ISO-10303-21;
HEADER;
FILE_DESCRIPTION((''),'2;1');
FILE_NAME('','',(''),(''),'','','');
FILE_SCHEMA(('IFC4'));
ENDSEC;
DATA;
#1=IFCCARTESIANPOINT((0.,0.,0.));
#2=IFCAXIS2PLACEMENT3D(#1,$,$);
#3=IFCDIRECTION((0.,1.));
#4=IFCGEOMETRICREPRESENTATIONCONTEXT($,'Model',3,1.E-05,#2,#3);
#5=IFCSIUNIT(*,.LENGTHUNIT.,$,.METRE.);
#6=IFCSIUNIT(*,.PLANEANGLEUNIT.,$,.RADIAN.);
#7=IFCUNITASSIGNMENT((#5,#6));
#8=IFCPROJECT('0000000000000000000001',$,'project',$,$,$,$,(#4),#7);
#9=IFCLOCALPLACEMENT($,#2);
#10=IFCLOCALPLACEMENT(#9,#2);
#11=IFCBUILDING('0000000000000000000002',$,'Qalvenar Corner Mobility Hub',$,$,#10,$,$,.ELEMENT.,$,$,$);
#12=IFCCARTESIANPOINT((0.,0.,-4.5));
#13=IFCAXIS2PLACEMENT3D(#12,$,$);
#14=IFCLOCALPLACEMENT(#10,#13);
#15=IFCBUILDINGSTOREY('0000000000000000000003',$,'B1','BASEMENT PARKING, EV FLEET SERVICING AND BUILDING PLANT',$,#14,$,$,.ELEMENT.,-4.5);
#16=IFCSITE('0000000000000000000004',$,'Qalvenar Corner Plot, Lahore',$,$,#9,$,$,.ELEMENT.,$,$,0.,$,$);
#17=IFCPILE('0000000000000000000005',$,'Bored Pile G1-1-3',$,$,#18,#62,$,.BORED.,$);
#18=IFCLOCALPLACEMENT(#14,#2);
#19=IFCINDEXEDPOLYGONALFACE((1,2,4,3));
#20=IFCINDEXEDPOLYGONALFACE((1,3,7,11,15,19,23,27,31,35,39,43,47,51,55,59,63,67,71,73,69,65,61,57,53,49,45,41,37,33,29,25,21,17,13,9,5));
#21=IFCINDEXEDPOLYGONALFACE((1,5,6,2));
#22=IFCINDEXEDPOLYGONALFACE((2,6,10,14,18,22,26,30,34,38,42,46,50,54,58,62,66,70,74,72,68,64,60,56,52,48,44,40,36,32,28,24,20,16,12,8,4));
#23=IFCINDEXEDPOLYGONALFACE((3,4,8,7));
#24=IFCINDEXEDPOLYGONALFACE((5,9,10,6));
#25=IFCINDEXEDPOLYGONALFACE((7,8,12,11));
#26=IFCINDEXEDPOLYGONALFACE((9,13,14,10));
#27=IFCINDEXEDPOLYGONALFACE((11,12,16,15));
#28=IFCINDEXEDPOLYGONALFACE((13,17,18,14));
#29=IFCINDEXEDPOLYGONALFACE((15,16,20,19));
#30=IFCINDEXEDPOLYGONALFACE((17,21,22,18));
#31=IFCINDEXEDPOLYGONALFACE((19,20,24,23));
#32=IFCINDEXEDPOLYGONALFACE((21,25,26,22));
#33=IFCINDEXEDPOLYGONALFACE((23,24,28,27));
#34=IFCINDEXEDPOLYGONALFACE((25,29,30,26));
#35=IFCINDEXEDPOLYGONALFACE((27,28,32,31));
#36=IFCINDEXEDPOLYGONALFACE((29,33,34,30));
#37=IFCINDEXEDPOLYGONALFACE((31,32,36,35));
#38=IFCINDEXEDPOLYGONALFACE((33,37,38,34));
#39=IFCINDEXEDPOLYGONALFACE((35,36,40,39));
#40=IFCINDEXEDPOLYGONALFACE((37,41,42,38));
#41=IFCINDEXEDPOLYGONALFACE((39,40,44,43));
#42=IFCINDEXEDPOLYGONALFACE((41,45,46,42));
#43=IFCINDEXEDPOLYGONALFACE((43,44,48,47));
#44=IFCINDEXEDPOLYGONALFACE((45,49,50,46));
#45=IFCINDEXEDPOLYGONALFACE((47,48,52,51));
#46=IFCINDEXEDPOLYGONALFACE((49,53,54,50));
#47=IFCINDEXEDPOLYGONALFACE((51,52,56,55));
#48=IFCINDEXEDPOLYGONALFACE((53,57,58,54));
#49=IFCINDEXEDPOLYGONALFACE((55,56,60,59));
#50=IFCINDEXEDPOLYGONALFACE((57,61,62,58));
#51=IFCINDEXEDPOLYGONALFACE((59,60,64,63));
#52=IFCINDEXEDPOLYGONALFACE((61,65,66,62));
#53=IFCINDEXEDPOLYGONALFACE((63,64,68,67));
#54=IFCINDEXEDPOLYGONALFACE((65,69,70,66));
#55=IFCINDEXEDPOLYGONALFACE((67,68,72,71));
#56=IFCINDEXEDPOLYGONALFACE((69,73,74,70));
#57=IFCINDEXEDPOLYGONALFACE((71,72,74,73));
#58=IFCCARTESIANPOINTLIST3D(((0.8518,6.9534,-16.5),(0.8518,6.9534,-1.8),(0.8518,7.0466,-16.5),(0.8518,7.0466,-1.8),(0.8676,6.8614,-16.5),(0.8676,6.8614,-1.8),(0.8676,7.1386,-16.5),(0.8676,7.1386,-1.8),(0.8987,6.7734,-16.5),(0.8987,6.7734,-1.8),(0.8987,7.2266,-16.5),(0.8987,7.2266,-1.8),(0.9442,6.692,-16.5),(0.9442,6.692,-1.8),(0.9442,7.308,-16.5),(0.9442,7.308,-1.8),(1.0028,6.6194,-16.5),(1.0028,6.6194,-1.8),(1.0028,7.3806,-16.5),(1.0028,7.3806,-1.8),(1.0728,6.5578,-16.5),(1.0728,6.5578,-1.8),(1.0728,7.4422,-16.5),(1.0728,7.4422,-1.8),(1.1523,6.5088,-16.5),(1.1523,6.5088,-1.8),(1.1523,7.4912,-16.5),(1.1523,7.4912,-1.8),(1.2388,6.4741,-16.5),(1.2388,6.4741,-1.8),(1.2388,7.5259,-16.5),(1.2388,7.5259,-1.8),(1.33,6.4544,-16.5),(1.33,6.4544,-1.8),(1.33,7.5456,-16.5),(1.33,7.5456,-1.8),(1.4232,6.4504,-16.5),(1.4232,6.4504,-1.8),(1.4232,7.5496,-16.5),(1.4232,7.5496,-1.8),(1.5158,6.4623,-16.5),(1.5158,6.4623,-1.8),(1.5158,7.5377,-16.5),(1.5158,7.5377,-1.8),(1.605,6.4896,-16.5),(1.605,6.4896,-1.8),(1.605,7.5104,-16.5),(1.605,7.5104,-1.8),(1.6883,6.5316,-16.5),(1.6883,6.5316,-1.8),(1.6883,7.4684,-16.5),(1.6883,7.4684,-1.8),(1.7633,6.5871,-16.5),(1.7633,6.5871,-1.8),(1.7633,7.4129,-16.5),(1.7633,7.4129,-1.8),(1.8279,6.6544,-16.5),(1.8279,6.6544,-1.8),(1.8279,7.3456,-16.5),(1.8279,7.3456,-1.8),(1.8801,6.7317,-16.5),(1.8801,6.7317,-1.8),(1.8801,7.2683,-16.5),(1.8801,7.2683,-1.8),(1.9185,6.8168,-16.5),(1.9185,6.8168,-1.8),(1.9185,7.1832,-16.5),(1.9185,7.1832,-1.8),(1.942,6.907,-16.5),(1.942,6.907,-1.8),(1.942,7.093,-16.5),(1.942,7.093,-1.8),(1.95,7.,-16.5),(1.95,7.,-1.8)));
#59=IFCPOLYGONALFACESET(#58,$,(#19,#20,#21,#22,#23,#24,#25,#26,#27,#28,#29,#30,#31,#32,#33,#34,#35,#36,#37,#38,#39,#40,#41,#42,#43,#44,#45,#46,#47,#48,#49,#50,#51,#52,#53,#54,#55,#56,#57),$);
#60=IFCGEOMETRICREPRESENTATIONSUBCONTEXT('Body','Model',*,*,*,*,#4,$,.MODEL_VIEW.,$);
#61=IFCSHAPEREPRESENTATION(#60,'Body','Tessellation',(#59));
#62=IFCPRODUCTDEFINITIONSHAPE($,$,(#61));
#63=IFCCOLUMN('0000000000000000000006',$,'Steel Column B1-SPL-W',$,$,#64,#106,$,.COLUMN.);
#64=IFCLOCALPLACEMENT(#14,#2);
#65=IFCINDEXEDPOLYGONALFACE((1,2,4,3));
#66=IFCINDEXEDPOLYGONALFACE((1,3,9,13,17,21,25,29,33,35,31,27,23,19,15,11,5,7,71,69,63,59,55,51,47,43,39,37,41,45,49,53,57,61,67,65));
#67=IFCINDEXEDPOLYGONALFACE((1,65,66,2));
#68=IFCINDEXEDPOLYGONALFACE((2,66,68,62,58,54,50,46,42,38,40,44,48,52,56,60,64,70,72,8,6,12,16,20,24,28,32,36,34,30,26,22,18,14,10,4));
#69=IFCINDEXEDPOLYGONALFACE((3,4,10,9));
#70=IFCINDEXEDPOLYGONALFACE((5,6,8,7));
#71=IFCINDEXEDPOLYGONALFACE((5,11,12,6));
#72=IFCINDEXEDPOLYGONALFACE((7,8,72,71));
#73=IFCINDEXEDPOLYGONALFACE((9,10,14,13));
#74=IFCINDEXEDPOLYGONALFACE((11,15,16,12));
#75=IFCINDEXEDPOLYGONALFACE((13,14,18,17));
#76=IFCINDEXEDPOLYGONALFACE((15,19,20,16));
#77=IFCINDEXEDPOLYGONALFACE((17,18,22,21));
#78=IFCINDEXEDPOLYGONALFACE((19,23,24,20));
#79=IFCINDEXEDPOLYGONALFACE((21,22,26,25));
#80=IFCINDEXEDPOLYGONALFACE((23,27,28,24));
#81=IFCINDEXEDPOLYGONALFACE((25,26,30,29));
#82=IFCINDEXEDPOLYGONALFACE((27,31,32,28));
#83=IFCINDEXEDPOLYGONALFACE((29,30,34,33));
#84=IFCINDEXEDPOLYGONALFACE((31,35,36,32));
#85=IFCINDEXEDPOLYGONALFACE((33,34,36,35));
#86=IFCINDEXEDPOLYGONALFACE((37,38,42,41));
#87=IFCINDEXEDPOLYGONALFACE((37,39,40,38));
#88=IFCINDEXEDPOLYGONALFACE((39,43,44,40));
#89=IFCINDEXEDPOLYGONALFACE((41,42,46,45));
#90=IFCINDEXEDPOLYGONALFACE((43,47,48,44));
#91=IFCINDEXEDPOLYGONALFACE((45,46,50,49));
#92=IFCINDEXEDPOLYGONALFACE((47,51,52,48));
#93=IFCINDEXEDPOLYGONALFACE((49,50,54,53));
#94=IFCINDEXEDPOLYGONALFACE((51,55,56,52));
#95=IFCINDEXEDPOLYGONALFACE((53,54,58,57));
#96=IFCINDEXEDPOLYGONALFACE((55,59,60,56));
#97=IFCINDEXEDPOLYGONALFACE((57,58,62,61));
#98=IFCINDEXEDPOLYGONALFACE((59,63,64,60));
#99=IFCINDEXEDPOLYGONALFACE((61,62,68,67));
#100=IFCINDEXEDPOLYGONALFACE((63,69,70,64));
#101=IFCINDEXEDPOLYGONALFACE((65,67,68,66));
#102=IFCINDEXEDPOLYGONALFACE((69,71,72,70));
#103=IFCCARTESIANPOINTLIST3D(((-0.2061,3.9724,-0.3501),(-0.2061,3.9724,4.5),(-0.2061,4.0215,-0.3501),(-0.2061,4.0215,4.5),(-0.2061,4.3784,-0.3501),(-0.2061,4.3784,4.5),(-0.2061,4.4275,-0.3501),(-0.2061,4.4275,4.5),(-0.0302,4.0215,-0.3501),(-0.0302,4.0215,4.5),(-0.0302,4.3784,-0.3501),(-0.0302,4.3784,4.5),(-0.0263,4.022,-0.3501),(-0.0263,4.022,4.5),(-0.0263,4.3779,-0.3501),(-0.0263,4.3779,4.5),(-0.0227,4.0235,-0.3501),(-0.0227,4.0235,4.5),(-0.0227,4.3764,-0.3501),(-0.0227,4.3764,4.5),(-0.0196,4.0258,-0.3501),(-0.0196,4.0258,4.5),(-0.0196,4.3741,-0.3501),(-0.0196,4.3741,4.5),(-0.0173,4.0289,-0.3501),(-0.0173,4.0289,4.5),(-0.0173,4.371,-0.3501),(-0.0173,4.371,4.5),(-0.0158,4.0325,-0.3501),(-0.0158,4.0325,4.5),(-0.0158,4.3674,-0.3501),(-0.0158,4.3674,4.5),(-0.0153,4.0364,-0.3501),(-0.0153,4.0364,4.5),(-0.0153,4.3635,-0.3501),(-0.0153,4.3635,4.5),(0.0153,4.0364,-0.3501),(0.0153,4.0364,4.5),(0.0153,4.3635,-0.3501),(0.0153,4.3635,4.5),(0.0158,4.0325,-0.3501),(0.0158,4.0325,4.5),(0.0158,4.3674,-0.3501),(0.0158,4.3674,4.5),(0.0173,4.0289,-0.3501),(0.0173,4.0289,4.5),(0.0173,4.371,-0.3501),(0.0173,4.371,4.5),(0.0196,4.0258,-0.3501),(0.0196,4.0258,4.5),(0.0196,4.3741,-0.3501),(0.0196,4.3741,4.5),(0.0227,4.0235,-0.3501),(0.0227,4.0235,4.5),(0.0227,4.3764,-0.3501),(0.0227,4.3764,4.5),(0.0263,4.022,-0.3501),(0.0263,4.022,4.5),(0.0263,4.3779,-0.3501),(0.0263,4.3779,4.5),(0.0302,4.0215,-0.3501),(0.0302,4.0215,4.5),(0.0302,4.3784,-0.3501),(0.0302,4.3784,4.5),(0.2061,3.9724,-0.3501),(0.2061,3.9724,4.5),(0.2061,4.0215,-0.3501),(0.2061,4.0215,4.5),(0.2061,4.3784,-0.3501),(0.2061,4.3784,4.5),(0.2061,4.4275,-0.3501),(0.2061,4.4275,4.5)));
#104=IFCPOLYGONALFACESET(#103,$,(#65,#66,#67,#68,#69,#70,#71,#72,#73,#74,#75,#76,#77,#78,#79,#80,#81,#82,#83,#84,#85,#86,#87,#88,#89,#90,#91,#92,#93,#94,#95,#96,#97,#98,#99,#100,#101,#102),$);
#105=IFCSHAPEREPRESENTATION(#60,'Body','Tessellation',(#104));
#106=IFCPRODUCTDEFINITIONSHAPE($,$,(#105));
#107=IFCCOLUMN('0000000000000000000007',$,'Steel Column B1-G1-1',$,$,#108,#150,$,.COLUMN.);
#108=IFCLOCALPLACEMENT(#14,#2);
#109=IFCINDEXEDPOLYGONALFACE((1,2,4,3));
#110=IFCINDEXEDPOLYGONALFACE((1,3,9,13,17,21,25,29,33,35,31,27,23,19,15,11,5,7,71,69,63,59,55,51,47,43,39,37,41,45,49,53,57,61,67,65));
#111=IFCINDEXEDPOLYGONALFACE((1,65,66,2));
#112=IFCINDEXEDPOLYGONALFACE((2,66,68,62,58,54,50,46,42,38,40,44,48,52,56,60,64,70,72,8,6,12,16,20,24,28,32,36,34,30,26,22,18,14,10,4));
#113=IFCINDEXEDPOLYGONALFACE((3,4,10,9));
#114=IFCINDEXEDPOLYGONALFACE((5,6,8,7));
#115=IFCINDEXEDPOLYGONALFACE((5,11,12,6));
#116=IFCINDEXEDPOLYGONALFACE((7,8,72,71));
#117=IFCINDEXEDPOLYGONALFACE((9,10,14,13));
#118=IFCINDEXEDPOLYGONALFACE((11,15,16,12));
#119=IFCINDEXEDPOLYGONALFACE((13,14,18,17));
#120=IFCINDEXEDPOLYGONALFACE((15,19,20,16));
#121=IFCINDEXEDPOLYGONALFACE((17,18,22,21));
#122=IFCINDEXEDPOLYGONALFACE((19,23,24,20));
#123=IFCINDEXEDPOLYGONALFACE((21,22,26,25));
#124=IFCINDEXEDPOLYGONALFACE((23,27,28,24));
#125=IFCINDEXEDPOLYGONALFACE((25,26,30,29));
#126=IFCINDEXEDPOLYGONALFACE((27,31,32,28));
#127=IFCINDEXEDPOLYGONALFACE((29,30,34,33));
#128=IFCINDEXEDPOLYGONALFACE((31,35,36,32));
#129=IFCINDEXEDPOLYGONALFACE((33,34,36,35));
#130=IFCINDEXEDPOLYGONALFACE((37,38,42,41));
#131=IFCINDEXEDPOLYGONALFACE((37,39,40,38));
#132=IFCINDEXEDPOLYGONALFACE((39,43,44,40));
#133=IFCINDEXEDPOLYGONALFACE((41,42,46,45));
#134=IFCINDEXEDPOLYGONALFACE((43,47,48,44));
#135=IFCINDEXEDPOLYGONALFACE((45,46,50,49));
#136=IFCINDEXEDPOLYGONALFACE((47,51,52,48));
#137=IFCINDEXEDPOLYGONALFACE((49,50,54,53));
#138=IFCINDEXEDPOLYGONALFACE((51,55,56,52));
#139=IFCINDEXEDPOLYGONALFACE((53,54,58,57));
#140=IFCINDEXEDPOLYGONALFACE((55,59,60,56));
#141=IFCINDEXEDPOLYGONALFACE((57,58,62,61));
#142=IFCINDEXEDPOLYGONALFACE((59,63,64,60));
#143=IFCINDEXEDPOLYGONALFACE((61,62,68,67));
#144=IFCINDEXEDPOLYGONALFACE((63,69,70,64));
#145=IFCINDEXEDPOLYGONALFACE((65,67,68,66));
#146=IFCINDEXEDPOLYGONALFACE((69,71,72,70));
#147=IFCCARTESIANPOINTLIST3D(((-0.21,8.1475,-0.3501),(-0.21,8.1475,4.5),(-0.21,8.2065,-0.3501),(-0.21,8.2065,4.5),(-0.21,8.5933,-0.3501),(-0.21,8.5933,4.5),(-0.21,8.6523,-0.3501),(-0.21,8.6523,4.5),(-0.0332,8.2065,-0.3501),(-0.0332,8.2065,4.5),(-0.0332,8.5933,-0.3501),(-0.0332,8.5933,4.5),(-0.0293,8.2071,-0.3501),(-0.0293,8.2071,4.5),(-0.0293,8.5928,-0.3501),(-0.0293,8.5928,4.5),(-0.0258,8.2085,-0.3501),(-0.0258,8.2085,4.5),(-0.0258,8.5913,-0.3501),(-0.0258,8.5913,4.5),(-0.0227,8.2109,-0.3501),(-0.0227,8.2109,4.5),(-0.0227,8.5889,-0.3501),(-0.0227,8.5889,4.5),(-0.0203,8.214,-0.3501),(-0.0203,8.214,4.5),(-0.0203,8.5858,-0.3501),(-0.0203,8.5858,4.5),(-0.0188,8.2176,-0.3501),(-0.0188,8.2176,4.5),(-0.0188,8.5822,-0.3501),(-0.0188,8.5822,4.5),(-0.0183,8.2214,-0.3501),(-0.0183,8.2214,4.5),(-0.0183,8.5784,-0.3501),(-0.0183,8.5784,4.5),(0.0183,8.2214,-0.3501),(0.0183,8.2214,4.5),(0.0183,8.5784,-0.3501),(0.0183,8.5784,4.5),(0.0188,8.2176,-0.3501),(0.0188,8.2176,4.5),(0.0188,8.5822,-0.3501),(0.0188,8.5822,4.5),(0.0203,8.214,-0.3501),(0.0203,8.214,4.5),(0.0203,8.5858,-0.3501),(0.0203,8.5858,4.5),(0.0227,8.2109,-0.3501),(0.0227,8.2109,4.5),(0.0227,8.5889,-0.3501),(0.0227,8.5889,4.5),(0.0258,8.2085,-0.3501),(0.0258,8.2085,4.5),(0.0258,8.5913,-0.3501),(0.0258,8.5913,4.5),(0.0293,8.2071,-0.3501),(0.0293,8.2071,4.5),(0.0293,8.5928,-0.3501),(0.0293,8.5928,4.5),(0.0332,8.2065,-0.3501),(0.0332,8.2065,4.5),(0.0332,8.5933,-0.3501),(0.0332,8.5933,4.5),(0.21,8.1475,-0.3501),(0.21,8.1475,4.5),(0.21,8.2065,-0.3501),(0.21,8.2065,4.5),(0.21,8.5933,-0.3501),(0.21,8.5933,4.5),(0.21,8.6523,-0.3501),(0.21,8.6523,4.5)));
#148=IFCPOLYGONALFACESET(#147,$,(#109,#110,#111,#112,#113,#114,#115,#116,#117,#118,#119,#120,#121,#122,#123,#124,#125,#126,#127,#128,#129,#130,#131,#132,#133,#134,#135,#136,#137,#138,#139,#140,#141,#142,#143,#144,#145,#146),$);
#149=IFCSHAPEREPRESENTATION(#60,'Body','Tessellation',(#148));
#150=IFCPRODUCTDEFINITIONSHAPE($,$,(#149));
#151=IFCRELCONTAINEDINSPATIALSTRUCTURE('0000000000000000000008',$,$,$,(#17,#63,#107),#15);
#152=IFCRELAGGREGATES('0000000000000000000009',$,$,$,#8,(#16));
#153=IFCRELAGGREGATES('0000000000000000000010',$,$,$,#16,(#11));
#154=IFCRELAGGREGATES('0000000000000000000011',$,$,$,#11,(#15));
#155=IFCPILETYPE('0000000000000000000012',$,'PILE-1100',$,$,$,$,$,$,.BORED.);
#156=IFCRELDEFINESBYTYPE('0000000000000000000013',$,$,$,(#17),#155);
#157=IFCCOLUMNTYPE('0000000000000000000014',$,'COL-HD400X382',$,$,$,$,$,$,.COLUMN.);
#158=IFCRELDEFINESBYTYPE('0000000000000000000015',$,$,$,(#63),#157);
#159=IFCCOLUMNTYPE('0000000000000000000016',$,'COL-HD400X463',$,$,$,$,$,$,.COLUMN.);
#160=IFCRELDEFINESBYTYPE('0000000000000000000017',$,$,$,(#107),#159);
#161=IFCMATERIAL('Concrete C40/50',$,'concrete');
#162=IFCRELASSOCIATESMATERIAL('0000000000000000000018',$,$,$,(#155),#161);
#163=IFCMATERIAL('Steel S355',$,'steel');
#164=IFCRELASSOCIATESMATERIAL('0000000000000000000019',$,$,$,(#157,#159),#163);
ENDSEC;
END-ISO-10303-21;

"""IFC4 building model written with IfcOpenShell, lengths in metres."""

from ifc_helpers import new_model, si_unit, direction, frame, origin, origin_2d, place, context, subcontext, project, spatial, circle, i_section, extrude, material, material_profile, profile_set, type_object, element, save


model = new_model("IFC4")

# Units and contexts
model_context = context("Model", 3, precision=1e-05, world=origin(), true_north=direction((0.0, 1.0)))
body_context = subcontext(model_context, "Body", "Model", "MODEL_VIEW")
ifc_project = project(units=[si_unit("LENGTHUNIT", "METRE"), si_unit("PLANEANGLEUNIT", "RADIAN")], contexts=[model_context])

# Site, building, storey
site_placement = place(None, origin())
site = spatial("IfcSite", under=ifc_project, at=site_placement, Name="Qalvenar Corner Plot, Lahore", CompositionType="ELEMENT", RefElevation=0.0)
building_placement = place(site_placement, origin())
building = spatial("IfcBuilding", under=site, at=building_placement, Name="Qalvenar Corner Mobility Hub", CompositionType="ELEMENT")
storey_placement = place(building_placement, frame((0.0, 0.0, -4.5)))
storey = spatial("IfcBuildingStorey", under=building, at=storey_placement, Name="B1", Description="BASEMENT PARKING, EV FLEET SERVICING AND BUILDING PLANT", CompositionType="ELEMENT", Elevation=-4.5)

# Shared definitions
ifc_material_1 = material(Name="Concrete C40/50", Category="concrete")

# Pile
ifc_material_profile_1 = material_profile(ifc_material_1, circle(Radius=0.55, at=origin_2d()), Name="DIA1100")
ifc_profile_set_1 = profile_set([ifc_material_profile_1], Name="Concrete C40/50")
pile_type = type_object("IfcPileType", Name="PILE-1100", PredefinedType="BORED", material=ifc_profile_set_1)
for number, where, z_axis, x_axis, name in (
    (1, (1.3999, 7.0, -1.8), (0.0, 0.0, -1.0), (1.0, 0.0, 0.0), "Bored Pile G1-1-3"),
):
    element("IfcPile", number, at=place(storey_placement, frame(where, z_axis=z_axis, x_axis=x_axis)), inside=storey, type_object=pile_type, Name=name, PredefinedType="BORED", context=body_context, shape_type="SweptSolid", body=[
        extrude(circle(Radius=0.55, at=origin_2d()), origin(), (0.0, 0.0, 1.0), 14.7),
    ])

# Columns
ifc_material_2 = material(Name="Steel S355", Category="steel")
ifc_material_profile_2 = material_profile(ifc_material_2, i_section(OverallWidth=0.4121, OverallDepth=0.4551, WebThickness=0.0305, FlangeThickness=0.0491, FilletRadius=0.0149, at=origin_2d()), Name="HD400x421")
ifc_profile_set_2 = profile_set([ifc_material_profile_2], Name="Steel S355")
column_type_1 = type_object("IfcColumnType", Name="COL-HD400X382", PredefinedType="COLUMN", material=ifc_profile_set_2)
column_1_placement = place(storey_placement, frame((0.0, 4.2, -0.3501), z_axis=(0.0, 0.0, 1.0), x_axis=(1.0, 0.0, 0.0)))
element("IfcColumn", 2, at=column_1_placement, inside=storey, type_object=column_type_1, Name="Steel Column B1-SPL-W", PredefinedType="COLUMN", context=body_context, shape_type="SweptSolid", body=[
    extrude(i_section(OverallWidth=0.4121, OverallDepth=0.4551, WebThickness=0.0305, FlangeThickness=0.0491, FilletRadius=0.0149, at=origin_2d()), origin(), (0.0, 0.0, 1.0), 4.8501),
])
ifc_material_profile_3 = material_profile(ifc_material_2, i_section(OverallWidth=0.4199, OverallDepth=0.5049, WebThickness=0.0366, FlangeThickness=0.0591, FilletRadius=0.0149, at=origin_2d()), Name="HD400x551")
ifc_profile_set_3 = profile_set([ifc_material_profile_3], Name="Steel S355")
column_type_2 = type_object("IfcColumnType", Name="COL-HD400X463", PredefinedType="COLUMN", material=ifc_profile_set_3)
column_2_placement = place(storey_placement, frame((0.0, 8.3999, -0.3501), z_axis=(0.0, 0.0, 1.0), x_axis=(1.0, 0.0, 0.0)))
element("IfcColumn", 3, at=column_2_placement, inside=storey, type_object=column_type_2, Name="Steel Column B1-G1-1", PredefinedType="COLUMN", context=body_context, shape_type="SweptSolid", body=[
    extrude(i_section(OverallWidth=0.4199, OverallDepth=0.5049, WebThickness=0.0366, FlangeThickness=0.0591, FilletRadius=0.0149, at=origin_2d()), origin(), (0.0, 0.0, 1.0), 4.8501),
])

save(model, "model.ifc")
